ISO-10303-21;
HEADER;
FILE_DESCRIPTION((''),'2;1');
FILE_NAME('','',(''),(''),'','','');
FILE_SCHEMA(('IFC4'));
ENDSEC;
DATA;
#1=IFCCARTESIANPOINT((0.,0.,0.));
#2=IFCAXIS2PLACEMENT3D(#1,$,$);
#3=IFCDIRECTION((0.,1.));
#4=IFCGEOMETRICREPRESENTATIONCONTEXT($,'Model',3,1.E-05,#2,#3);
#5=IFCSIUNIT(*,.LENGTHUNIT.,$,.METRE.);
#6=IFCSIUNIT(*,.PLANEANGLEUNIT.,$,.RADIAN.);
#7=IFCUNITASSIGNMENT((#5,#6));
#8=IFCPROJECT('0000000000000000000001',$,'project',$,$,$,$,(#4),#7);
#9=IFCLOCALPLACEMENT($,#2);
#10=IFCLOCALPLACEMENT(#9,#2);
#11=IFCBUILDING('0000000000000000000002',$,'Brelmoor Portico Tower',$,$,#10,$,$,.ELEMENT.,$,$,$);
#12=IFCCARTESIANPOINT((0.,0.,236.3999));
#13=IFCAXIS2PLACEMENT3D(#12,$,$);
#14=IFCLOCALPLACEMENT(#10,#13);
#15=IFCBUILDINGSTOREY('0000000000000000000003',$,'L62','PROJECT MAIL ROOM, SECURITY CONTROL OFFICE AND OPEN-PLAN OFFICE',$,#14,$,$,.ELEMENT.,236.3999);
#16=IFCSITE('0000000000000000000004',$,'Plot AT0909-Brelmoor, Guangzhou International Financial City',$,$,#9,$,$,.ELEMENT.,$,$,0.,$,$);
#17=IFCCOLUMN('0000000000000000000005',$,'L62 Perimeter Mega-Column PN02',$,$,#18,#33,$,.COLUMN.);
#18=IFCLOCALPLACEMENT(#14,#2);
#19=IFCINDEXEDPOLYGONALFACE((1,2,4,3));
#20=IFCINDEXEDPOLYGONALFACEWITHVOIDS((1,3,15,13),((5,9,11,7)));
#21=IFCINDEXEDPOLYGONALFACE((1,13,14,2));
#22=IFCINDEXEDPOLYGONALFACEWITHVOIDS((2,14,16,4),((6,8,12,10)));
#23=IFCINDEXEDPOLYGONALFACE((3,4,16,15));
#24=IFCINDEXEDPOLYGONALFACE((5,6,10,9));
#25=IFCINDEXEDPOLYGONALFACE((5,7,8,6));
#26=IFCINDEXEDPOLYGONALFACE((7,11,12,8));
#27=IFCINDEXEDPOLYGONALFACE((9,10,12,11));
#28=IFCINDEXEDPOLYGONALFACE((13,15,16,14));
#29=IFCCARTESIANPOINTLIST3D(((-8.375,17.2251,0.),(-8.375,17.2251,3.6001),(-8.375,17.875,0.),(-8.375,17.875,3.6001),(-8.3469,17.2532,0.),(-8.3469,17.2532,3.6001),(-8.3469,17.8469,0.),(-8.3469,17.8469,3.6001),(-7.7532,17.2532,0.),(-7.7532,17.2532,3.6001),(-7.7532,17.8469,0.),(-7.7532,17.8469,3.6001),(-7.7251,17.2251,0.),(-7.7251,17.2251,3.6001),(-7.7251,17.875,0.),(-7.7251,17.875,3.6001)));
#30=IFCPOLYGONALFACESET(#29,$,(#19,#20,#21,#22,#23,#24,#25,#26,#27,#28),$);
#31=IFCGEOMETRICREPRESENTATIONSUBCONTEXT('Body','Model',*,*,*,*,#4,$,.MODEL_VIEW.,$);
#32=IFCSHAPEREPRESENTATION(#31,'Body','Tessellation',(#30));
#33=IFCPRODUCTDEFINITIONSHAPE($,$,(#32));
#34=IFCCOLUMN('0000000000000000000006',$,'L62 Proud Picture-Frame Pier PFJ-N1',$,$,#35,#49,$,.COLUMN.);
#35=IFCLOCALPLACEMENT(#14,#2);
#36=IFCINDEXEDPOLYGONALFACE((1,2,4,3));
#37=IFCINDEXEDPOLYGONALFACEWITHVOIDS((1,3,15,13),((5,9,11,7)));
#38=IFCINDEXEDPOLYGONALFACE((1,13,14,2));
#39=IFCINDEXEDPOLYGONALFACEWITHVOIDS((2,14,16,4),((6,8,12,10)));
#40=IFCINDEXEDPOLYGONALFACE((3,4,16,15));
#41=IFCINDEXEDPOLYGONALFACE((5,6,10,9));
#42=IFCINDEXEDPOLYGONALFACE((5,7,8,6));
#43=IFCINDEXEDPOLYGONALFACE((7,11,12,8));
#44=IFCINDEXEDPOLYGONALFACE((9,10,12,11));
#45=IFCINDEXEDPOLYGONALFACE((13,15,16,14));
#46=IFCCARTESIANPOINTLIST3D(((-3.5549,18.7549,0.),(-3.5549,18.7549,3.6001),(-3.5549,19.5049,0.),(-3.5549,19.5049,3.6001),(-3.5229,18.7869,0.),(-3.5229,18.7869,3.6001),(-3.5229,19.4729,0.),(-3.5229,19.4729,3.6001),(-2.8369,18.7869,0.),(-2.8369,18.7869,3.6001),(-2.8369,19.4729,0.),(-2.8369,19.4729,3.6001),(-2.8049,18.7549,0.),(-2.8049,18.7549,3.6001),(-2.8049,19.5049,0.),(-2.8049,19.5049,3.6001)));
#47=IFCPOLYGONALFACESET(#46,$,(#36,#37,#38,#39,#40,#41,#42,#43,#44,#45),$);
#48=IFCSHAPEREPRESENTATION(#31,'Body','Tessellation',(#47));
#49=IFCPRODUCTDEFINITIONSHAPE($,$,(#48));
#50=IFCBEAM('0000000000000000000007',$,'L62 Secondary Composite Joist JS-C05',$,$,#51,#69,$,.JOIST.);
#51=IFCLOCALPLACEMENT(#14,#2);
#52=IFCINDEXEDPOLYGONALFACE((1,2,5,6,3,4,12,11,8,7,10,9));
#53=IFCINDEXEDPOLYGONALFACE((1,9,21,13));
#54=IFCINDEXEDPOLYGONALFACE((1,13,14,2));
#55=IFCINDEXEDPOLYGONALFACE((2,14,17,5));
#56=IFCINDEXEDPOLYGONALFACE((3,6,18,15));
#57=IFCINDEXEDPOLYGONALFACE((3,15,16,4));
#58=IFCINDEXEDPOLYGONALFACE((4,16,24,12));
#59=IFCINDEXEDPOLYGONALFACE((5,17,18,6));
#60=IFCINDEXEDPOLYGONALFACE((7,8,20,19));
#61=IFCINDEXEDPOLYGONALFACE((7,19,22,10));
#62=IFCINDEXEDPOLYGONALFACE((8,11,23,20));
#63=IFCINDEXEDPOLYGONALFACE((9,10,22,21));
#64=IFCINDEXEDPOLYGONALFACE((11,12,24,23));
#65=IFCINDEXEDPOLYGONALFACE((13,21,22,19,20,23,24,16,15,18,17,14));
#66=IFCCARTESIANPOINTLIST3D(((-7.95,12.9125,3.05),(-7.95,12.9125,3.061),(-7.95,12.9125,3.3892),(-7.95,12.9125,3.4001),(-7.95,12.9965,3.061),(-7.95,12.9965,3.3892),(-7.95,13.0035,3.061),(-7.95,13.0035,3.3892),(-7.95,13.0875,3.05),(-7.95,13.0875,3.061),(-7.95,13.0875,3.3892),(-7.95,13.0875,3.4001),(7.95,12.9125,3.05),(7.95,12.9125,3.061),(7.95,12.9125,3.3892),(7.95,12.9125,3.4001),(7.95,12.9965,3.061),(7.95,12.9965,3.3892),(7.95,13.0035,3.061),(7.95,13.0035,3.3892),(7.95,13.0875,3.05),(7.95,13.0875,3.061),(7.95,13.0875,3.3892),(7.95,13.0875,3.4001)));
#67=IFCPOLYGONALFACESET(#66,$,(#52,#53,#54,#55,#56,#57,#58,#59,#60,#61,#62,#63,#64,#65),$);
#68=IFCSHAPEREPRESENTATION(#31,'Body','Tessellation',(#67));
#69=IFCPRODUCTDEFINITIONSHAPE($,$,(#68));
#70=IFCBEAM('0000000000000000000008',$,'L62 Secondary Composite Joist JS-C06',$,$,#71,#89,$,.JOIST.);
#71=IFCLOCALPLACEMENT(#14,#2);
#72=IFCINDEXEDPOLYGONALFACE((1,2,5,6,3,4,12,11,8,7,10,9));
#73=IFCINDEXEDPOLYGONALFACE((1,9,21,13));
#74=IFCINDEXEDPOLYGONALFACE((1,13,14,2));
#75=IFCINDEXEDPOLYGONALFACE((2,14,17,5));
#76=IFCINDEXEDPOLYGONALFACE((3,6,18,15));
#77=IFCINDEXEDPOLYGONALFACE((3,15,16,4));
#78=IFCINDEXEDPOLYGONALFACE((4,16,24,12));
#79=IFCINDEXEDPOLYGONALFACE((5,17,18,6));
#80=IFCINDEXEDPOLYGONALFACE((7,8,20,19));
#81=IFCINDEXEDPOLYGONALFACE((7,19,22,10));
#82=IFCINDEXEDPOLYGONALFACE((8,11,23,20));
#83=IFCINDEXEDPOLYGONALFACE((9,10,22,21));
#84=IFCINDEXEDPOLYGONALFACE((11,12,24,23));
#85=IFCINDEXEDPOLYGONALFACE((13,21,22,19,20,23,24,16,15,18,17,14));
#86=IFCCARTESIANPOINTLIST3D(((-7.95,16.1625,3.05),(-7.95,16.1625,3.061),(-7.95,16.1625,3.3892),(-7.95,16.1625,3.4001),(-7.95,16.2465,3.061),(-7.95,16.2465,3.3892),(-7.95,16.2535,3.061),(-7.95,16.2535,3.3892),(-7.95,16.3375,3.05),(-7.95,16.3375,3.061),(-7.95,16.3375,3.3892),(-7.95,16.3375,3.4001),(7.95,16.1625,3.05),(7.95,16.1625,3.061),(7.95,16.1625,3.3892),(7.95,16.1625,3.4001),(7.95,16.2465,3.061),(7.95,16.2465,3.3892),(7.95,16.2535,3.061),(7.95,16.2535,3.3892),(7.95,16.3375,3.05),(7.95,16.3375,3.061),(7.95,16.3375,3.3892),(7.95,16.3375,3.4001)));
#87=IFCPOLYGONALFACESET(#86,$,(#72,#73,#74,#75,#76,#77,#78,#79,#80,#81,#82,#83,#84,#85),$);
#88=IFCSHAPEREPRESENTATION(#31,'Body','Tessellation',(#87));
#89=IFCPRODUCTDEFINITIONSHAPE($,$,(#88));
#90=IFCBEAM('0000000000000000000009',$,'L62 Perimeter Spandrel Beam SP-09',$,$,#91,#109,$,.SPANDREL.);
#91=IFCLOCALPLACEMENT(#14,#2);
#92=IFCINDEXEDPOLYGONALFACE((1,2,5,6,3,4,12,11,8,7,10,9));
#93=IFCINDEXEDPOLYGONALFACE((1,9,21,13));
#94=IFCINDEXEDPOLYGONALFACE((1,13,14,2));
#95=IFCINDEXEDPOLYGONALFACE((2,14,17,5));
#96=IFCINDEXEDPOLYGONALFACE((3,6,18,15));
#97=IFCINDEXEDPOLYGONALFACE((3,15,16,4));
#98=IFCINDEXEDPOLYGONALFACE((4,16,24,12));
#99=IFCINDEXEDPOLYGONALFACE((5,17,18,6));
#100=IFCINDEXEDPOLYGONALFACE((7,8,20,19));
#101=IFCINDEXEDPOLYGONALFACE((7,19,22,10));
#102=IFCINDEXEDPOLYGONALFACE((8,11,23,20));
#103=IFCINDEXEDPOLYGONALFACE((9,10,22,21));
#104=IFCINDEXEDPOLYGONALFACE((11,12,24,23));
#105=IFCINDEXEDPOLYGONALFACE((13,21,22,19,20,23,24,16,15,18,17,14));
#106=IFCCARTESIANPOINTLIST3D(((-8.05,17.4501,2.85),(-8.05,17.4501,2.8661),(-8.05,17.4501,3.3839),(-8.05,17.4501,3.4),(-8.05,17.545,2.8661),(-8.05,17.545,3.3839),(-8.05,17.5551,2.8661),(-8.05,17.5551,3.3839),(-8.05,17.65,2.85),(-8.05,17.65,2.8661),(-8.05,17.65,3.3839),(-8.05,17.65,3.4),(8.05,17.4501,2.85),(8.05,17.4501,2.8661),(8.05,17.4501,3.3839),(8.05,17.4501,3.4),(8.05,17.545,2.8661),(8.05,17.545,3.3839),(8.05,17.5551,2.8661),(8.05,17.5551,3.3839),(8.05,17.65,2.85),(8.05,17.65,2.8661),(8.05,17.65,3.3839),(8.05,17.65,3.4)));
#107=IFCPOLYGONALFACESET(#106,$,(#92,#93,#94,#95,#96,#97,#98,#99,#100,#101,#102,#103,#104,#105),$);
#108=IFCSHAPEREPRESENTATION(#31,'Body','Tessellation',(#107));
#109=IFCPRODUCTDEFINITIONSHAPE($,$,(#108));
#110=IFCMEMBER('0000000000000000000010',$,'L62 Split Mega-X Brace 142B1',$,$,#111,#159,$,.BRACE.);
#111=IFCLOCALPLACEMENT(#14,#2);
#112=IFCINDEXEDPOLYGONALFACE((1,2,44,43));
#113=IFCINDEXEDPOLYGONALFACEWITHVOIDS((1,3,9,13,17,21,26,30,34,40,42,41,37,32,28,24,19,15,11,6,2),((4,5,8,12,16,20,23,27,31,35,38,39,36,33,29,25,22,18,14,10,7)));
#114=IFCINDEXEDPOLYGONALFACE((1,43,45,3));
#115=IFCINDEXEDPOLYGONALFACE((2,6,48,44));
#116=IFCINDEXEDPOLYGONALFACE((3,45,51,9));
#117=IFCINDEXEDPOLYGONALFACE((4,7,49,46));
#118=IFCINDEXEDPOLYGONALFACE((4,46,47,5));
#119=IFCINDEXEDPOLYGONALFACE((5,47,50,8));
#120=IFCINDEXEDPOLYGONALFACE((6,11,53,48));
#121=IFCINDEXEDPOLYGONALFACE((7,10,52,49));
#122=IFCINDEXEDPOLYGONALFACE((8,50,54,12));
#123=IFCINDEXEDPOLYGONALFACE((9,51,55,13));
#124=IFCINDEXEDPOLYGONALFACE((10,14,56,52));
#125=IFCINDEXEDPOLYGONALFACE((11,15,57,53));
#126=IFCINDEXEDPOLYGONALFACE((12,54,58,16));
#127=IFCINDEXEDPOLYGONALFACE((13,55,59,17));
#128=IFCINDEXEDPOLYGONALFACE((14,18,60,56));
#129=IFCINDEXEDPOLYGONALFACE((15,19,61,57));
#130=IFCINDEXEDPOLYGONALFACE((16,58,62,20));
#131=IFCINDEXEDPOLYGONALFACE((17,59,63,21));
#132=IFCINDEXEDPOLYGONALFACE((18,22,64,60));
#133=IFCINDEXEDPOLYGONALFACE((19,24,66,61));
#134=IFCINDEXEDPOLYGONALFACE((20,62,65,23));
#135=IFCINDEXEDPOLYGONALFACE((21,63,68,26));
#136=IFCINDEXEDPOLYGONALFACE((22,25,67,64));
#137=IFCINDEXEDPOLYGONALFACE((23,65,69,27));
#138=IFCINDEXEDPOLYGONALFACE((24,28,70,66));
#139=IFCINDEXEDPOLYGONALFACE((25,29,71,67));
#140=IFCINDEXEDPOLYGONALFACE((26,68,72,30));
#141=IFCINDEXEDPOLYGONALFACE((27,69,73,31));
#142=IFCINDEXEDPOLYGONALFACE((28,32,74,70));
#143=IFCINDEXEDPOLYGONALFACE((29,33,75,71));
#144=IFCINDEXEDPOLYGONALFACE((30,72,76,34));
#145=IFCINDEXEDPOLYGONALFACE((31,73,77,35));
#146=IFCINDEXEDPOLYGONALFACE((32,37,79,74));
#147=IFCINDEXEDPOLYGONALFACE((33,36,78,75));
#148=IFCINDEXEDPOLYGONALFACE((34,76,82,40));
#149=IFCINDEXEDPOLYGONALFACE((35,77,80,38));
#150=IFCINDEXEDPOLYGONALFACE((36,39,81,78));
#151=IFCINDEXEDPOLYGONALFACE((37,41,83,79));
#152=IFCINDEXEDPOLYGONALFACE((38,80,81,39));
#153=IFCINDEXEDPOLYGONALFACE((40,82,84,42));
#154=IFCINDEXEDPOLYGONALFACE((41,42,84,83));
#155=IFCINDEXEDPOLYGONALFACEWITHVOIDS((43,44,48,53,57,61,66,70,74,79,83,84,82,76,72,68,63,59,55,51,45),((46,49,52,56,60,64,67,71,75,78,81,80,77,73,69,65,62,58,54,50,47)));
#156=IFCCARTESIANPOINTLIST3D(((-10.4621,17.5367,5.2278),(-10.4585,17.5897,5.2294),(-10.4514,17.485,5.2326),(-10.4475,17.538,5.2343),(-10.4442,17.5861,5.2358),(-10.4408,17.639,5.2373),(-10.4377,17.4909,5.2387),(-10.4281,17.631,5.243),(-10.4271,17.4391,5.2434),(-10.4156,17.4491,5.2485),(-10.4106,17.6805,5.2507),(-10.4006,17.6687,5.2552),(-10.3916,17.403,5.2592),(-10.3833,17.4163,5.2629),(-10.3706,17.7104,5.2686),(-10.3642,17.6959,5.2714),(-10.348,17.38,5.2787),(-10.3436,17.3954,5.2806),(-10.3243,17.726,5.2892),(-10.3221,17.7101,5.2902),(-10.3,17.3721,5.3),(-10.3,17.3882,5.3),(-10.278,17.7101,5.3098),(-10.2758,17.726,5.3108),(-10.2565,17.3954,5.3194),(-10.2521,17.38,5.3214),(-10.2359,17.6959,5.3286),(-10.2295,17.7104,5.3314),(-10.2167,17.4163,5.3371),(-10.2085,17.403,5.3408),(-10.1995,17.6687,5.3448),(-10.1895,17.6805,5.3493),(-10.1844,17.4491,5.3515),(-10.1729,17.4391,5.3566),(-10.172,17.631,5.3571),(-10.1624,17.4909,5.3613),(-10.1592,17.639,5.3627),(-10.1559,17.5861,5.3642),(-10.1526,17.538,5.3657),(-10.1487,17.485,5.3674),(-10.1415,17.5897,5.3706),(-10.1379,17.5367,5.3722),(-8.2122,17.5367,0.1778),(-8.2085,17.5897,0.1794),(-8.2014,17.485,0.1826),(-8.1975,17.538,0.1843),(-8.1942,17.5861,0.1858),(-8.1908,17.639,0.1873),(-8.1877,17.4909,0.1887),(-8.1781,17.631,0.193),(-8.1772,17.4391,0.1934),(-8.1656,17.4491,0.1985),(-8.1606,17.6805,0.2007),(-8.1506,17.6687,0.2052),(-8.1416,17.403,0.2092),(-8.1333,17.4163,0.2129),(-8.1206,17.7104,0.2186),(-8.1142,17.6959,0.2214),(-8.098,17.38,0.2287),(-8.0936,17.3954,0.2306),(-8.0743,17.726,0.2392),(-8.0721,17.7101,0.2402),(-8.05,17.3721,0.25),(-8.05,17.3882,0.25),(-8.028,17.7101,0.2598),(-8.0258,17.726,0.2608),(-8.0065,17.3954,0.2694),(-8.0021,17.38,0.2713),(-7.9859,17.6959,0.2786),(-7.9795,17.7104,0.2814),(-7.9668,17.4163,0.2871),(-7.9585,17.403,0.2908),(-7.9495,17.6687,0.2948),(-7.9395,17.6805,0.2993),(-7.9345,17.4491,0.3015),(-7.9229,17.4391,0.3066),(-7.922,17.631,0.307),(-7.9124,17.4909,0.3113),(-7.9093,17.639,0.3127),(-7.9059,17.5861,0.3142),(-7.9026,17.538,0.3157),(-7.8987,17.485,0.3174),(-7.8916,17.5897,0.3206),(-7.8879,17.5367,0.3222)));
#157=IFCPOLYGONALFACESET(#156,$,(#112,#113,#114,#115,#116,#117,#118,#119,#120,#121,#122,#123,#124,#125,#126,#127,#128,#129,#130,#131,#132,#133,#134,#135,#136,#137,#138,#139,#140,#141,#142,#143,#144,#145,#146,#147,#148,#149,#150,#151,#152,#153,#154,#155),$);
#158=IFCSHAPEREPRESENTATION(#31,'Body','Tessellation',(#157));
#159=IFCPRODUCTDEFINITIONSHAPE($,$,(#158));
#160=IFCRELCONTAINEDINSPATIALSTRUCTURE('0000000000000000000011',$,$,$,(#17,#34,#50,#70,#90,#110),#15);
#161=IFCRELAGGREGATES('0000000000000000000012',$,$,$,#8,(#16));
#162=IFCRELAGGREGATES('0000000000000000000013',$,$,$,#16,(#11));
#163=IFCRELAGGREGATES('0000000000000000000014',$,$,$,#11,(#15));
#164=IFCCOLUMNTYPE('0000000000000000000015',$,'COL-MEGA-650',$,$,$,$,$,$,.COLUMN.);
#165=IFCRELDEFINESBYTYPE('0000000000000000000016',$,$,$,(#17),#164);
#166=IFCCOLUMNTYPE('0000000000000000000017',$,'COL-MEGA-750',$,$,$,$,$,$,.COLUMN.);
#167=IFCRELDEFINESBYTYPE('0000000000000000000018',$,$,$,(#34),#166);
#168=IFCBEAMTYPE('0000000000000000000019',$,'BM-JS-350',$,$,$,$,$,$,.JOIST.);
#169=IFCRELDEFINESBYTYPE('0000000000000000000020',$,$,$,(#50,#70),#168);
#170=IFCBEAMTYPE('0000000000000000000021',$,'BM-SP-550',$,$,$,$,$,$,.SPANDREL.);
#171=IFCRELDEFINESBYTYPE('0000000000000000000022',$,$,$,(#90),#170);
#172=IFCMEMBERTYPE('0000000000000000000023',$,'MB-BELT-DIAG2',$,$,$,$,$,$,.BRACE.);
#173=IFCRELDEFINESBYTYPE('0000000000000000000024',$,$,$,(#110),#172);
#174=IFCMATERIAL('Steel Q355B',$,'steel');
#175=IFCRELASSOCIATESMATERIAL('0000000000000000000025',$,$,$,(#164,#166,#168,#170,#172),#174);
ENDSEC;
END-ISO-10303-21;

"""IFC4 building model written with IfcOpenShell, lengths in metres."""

from ifc_helpers import new_model, si_unit, direction, frame, origin, origin_2d, place, context, subcontext, project, spatial, hollow_rectangle, hollow_circle, i_section, extrude, material, material_profile, profile_set, type_object, element, save


model = new_model("IFC4")

# Units and contexts
model_context = context("Model", 3, precision=1e-05, world=origin(), true_north=direction((0.0, 1.0)))
body_context = subcontext(model_context, "Body", "Model", "MODEL_VIEW")
ifc_project = project(units=[si_unit("LENGTHUNIT", "METRE"), si_unit("PLANEANGLEUNIT", "RADIAN")], contexts=[model_context])

# Site, building, storey
site_placement = place(None, origin())
site = spatial("IfcSite", under=ifc_project, at=site_placement, Name="Plot AT0909-Brelmoor, Guangzhou International Financial City", CompositionType="ELEMENT", RefElevation=0.0)
building_placement = place(site_placement, origin())
building = spatial("IfcBuilding", under=site, at=building_placement, Name="Brelmoor Portico Tower", CompositionType="ELEMENT")
storey_placement = place(building_placement, frame((0.0, 0.0, 236.3999)))
storey = spatial("IfcBuildingStorey", under=building, at=storey_placement, Name="L62", Description="PROJECT MAIL ROOM, SECURITY CONTROL OFFICE AND OPEN-PLAN OFFICE", CompositionType="ELEMENT", Elevation=236.3999)

# Columns
ifc_material_1 = material(Name="Steel Q355B", Category="steel")
ifc_material_profile_1 = material_profile(ifc_material_1, hollow_rectangle(XDim=0.6499, YDim=0.6499, WallThickness=0.0281, at=origin_2d()), Name="BOX 650x650x28")
ifc_profile_set_1 = profile_set([ifc_material_profile_1], Name="Steel Q355B")
column_type_1 = type_object("IfcColumnType", Name="COL-MEGA-650", PredefinedType="COLUMN", material=ifc_profile_set_1)
column_1_placement = place(storey_placement, frame((-8.05, 17.55, 0.0), z_axis=(0.0, 0.0, 1.0), x_axis=(1.0, 0.0, 0.0)))
element("IfcColumn", 1, at=column_1_placement, inside=storey, type_object=column_type_1, Name="L62 Perimeter Mega-Column PN02", PredefinedType="COLUMN", context=body_context, shape_type="SweptSolid", body=[
    extrude(hollow_rectangle(XDim=0.6499, YDim=0.6499, WallThickness=0.0281, at=origin_2d()), origin(), (0.0, 0.0, 1.0), 3.6001),
])
ifc_material_profile_2 = material_profile(ifc_material_1, hollow_rectangle(XDim=0.75, YDim=0.75, WallThickness=0.032, at=origin_2d()), Name="BOX 750x750x32")
ifc_profile_set_2 = profile_set([ifc_material_profile_2], Name="Steel Q355B")
column_type_2 = type_object("IfcColumnType", Name="COL-MEGA-750", PredefinedType="COLUMN", material=ifc_profile_set_2)
column_2_placement = place(storey_placement, frame((-3.1799, 19.1299, 0.0), z_axis=(0.0, 0.0, 1.0), x_axis=(1.0, 0.0, 0.0)))
element("IfcColumn", 2, at=column_2_placement, inside=storey, type_object=column_type_2, Name="L62 Proud Picture-Frame Pier PFJ-N1", PredefinedType="COLUMN", context=body_context, shape_type="SweptSolid", body=[
    extrude(hollow_rectangle(XDim=0.75, YDim=0.75, WallThickness=0.032, at=origin_2d()), origin(), (0.0, 0.0, 1.0), 3.6001),
])

# Beams
ifc_material_profile_3 = material_profile(ifc_material_1, i_section(OverallWidth=0.175, OverallDepth=0.3501, WebThickness=0.0071, FlangeThickness=0.011, at=origin_2d()), Name="HN 350x175x7x11")
ifc_profile_set_3 = profile_set([ifc_material_profile_3], Name="Steel Q355B")
beam_type_1 = type_object("IfcBeamType", Name="BM-JS-350", PredefinedType="JOIST", material=ifc_profile_set_3)
for number, where, z_axis, x_axis, name in (
    (3, (-7.95, 13.0, 3.2251), (1.0, 0.0, 0.0), (0.0, 1.0, 0.0), "L62 Secondary Composite Joist JS-C05"),
    (4, (-7.95, 16.25, 3.2251), (1.0, 0.0, 0.0), (0.0, 1.0, 0.0), "L62 Secondary Composite Joist JS-C06"),
):
    element("IfcBeam", number, at=place(storey_placement, frame(where, z_axis=z_axis, x_axis=x_axis)), inside=storey, type_object=beam_type_1, Name=name, PredefinedType="JOIST", context=body_context, shape_type="SweptSolid", body=[
        extrude(i_section(OverallWidth=0.175, OverallDepth=0.3501, WebThickness=0.0071, FlangeThickness=0.011, at=origin_2d()), origin(), (0.0, 0.0, 1.0), 15.8999),
    ])
ifc_material_profile_4 = material_profile(ifc_material_1, i_section(OverallWidth=0.2, OverallDepth=0.55, WebThickness=0.01, FlangeThickness=0.0161, at=origin_2d()), Name="HN 550x200x10x16")
ifc_profile_set_4 = profile_set([ifc_material_profile_4], Name="Steel Q355B")
beam_type_2 = type_object("IfcBeamType", Name="BM-SP-550", PredefinedType="SPANDREL", material=ifc_profile_set_4)
beam_placement = place(storey_placement, frame((-8.05, 17.55, 3.125), z_axis=(1.0, 0.0, 0.0), x_axis=(0.0, 1.0, 0.0)))
element("IfcBeam", 5, at=beam_placement, inside=storey, type_object=beam_type_2, Name="L62 Perimeter Spandrel Beam SP-09", PredefinedType="SPANDREL", context=body_context, shape_type="SweptSolid", body=[
    extrude(i_section(OverallWidth=0.2, OverallDepth=0.55, WebThickness=0.01, FlangeThickness=0.0161, at=origin_2d()), origin(), (0.0, 0.0, 1.0), 16.1001),
])

# Member
ifc_material_profile_5 = material_profile(ifc_material_1, hollow_circle(Radius=0.178, WallThickness=0.0161, at=origin_2d()), Name="CHS 356x16")
ifc_profile_set_5 = profile_set([ifc_material_profile_5], Name="Steel Q355B")
member_type_1 = type_object("IfcMemberType", Name="MB-BELT-DIAG2", PredefinedType="BRACE", material=ifc_profile_set_5)
for number, where, z_axis, x_axis, name in (
    (6, (-8.05, 17.55, 0.25), (-0.406974, 0.0, 0.91344), (0.0, -1.0, 0.0), "L62 Split Mega-X Brace 142B1"),
):
    element("IfcMember", number, at=place(storey_placement, frame(where, z_axis=z_axis, x_axis=x_axis)), inside=storey, type_object=member_type_1, Name=name, PredefinedType="BRACE", context=body_context, shape_type="SweptSolid", body=[
        extrude(hollow_circle(Radius=0.178, WallThickness=0.0161, at=origin_2d()), origin(), (0.0, 0.0, 1.0), 5.5286),
    ])

save(model, "model.ifc")
